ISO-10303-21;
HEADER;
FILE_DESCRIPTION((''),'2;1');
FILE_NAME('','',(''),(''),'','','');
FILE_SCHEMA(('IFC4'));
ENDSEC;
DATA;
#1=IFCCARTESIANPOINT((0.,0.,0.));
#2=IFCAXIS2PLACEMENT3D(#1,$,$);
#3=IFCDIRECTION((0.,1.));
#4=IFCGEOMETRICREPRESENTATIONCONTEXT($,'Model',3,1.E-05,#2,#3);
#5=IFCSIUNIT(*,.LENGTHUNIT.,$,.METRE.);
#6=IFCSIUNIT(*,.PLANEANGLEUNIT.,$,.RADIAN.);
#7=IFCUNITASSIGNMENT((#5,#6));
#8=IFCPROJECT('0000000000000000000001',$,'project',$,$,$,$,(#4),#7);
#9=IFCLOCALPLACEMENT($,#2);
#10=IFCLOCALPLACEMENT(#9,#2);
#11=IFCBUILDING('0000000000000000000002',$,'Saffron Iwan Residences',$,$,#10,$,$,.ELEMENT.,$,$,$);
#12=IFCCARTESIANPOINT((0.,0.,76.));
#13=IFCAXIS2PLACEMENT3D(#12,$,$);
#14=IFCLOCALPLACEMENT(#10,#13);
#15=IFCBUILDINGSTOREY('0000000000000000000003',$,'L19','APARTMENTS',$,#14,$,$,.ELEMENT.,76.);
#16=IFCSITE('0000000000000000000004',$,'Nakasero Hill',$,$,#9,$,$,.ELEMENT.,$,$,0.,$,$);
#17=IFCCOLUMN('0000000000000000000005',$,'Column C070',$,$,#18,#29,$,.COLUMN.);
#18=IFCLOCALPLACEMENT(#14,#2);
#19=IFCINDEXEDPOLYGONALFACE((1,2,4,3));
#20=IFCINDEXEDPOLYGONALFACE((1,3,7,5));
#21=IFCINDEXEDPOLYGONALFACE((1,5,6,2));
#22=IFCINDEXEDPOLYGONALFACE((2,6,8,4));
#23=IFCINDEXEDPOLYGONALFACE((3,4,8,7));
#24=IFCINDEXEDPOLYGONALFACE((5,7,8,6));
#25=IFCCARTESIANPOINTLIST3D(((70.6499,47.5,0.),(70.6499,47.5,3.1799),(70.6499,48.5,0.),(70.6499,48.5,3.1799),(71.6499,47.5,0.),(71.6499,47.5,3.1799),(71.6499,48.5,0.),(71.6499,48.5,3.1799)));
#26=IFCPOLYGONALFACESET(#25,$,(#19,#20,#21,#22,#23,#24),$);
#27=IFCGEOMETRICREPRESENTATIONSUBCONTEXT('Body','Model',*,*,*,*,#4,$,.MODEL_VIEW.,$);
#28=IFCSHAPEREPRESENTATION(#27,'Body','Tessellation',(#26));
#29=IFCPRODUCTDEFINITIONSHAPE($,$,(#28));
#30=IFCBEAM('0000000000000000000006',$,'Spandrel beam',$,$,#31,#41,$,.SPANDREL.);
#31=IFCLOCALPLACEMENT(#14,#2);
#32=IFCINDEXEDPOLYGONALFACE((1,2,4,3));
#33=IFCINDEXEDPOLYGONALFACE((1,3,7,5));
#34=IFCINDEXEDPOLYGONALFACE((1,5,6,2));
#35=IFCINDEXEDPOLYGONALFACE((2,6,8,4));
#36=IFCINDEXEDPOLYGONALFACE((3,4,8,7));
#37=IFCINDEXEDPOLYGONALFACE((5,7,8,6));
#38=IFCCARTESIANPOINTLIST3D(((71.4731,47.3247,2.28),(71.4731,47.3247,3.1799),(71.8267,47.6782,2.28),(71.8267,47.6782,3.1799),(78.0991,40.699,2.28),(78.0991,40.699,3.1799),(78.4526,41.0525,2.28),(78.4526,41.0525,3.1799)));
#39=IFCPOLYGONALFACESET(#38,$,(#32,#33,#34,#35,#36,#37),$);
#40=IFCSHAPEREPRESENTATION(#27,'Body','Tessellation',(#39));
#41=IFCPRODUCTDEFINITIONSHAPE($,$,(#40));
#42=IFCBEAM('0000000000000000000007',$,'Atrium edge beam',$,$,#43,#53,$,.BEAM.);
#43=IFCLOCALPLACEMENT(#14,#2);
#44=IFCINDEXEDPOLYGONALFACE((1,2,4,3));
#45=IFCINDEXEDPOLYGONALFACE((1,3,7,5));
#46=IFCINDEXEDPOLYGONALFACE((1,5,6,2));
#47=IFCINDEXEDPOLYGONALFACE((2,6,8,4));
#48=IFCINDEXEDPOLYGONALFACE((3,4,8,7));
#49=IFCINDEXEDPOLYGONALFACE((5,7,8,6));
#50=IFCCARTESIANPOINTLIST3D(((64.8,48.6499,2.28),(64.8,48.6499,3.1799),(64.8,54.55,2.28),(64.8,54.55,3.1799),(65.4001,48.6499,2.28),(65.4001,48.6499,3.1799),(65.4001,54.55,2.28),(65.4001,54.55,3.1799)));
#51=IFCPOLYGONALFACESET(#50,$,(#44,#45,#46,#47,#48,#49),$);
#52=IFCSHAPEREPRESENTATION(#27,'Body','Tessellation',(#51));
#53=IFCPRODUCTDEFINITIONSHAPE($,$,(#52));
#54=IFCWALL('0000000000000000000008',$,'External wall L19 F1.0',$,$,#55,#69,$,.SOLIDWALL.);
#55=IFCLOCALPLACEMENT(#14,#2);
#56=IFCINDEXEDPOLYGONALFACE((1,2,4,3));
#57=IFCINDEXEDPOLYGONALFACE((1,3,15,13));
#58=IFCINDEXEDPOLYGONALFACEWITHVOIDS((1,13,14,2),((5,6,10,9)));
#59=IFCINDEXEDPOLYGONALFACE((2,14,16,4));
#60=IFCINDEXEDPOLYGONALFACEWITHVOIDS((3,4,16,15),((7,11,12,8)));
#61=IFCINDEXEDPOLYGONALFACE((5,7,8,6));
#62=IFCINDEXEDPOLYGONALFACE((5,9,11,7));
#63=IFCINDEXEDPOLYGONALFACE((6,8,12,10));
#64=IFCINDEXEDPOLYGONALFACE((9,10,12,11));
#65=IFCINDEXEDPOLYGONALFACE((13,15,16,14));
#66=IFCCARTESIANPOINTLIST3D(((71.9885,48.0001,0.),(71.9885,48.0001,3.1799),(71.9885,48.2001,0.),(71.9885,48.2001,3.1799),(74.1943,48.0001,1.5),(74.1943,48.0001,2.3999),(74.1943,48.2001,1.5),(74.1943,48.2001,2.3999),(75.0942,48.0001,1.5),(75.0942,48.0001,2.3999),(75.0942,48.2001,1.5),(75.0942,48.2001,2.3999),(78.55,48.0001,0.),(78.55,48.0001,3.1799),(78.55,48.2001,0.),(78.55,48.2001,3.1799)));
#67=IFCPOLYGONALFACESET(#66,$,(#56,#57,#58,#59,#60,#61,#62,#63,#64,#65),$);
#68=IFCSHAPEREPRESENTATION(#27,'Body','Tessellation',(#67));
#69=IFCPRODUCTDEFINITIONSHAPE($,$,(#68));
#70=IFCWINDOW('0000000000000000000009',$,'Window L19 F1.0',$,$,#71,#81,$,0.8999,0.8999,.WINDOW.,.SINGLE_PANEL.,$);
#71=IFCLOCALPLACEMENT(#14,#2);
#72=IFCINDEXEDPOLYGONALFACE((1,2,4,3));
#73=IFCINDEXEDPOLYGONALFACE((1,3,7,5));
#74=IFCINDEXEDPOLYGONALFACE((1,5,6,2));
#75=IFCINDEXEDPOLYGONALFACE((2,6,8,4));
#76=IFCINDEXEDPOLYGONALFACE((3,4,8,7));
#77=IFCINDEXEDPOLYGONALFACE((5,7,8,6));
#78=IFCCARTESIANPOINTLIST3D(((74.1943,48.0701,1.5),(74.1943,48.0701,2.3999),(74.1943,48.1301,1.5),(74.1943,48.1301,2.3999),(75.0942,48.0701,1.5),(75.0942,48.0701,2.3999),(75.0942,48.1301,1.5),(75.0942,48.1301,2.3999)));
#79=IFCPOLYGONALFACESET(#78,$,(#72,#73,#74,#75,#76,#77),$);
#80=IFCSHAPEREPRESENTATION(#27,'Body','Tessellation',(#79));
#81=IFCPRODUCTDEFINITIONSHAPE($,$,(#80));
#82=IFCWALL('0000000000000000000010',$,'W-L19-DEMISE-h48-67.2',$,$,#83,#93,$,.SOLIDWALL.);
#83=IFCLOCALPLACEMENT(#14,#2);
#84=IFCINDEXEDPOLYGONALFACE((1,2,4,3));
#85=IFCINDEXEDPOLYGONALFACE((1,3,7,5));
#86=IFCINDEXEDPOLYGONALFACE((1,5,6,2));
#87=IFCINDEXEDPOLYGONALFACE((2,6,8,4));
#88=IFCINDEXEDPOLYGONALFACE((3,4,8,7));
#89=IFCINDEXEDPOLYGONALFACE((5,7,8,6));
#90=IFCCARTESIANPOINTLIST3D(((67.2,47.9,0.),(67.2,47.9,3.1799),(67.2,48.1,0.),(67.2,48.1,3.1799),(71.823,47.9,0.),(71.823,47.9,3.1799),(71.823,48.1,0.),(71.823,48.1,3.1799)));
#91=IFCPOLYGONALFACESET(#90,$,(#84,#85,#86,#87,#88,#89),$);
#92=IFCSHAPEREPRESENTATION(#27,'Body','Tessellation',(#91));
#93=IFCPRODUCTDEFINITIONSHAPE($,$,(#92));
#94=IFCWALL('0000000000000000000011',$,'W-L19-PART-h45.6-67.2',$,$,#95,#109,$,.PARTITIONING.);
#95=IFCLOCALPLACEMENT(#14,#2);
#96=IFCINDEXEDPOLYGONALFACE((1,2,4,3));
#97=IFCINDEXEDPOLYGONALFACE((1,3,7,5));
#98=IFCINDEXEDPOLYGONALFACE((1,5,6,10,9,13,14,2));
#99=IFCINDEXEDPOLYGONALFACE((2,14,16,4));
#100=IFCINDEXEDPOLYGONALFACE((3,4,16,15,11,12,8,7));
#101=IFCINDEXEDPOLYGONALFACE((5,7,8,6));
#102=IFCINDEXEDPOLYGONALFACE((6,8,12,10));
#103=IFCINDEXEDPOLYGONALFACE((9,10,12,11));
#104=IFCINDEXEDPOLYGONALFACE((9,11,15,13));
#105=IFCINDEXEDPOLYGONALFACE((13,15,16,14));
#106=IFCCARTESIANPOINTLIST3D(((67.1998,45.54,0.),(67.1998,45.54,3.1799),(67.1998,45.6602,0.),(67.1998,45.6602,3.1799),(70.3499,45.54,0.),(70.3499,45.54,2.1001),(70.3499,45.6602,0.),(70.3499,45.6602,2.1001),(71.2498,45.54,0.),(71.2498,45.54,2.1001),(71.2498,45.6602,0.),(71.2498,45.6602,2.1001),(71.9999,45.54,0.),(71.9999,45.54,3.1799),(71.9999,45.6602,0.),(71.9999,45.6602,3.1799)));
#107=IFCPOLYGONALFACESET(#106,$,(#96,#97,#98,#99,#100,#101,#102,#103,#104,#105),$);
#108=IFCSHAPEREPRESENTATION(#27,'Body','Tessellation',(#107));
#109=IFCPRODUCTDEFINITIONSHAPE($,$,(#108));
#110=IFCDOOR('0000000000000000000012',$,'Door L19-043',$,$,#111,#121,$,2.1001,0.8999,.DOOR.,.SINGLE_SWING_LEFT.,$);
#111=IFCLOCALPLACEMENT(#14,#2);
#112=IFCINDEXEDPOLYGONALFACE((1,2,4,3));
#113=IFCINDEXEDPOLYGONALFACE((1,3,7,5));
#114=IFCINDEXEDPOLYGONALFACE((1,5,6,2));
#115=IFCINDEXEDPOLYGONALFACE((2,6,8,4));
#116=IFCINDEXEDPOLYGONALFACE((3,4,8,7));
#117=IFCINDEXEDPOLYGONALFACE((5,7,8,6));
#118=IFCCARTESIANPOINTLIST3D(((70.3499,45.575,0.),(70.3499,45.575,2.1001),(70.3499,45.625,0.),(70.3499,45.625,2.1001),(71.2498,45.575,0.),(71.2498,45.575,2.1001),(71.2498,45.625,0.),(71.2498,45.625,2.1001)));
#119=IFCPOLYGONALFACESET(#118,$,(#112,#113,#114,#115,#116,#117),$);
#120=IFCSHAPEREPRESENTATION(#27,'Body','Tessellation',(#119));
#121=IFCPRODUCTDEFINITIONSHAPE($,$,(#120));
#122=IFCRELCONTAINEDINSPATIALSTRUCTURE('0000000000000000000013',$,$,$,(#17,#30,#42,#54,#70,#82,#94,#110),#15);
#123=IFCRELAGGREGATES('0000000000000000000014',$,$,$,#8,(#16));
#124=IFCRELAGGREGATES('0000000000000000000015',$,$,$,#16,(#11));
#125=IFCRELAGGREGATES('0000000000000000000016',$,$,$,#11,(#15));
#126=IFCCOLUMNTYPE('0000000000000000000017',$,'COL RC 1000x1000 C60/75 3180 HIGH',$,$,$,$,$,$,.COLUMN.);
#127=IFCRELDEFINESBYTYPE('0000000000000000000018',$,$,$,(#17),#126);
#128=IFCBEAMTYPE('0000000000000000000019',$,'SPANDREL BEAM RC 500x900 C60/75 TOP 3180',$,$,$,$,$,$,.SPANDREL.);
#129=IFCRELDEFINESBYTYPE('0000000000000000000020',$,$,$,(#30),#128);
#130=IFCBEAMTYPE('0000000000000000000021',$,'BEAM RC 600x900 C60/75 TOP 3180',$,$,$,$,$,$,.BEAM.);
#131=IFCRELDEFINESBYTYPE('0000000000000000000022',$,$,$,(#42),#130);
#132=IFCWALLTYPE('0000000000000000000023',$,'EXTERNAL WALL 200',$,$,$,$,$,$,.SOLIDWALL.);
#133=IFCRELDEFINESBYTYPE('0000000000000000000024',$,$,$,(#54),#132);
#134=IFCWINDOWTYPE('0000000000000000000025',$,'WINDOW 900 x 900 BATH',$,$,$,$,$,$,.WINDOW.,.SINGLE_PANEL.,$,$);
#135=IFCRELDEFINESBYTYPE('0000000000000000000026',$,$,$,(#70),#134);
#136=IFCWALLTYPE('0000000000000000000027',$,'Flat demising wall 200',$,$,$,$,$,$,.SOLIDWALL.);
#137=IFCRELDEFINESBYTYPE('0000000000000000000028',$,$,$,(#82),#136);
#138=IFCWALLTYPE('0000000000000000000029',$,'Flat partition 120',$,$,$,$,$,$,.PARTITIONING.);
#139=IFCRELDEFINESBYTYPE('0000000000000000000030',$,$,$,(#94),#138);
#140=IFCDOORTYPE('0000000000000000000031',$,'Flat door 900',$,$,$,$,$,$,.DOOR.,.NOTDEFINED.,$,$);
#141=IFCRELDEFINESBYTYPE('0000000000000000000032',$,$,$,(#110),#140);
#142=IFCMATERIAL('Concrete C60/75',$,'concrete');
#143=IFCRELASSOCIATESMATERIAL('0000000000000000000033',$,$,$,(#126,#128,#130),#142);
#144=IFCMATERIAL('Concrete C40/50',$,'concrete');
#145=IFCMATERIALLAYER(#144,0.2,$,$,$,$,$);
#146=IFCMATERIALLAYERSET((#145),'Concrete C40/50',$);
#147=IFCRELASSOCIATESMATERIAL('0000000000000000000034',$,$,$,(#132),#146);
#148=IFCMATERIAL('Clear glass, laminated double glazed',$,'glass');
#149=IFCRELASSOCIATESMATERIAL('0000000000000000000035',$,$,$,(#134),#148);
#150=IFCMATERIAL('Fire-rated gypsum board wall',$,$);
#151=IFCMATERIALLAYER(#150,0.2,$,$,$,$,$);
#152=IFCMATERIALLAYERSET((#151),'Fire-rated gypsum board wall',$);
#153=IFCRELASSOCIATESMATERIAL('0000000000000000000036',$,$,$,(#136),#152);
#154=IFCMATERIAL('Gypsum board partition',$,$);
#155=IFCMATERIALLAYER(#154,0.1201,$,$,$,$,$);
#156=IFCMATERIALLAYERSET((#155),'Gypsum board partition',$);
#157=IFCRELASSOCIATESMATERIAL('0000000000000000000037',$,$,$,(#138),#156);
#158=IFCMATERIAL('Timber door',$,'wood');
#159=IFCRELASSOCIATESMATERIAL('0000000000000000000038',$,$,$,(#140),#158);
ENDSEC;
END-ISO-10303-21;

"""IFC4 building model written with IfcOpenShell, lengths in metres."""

from ifc_helpers import new_model, si_unit, direction, frame, frame_2d, origin, origin_2d, place, context, subcontext, project, spatial, rectangle, extrude, source, transform, mapped, material, layer, layer_set, material_profile, profile_set, type_object, element, fill, save


model = new_model("IFC4")

# Units and contexts
model_context = context("Model", 3, precision=1e-05, world=origin(), true_north=direction((0.0, 1.0)))
body_context = subcontext(model_context, "Body", "Model", "MODEL_VIEW")
ifc_project = project(units=[si_unit("LENGTHUNIT", "METRE"), si_unit("PLANEANGLEUNIT", "RADIAN")], contexts=[model_context])

# Site, building, storey
site_placement = place(None, origin())
site = spatial("IfcSite", under=ifc_project, at=site_placement, Name="Nakasero Hill", CompositionType="ELEMENT", RefElevation=0.0)
building_placement = place(site_placement, origin())
building = spatial("IfcBuilding", under=site, at=building_placement, Name="Saffron Iwan Residences", CompositionType="ELEMENT")
storey_placement = place(building_placement, frame((0.0, 0.0, 76.0)))
storey = spatial("IfcBuildingStorey", under=building, at=storey_placement, Name="L19", Description="APARTMENTS", CompositionType="ELEMENT", Elevation=76.0)

# Column
ifc_material_1 = material(Name="Concrete C60/75", Category="concrete")
ifc_material_profile_1 = material_profile(ifc_material_1, rectangle(XDim=1.0, YDim=1.0, at=origin_2d()), Name="RC 1000x1000")
ifc_profile_set_1 = profile_set([ifc_material_profile_1], Name="Concrete C60/75")
column_type = type_object("IfcColumnType", Name="COL RC 1000x1000 C60/75 3180 HIGH", PredefinedType="COLUMN", material=ifc_profile_set_1)
shared_shape_1 = source(origin(), body_context, "Body", "SweptSolid", [
    extrude(rectangle(XDim=1.0, YDim=1.0, at=origin_2d()), origin(), (0.0, 0.0, 1.0), 3.1799),
])
column_placement = place(storey_placement, frame((71.1499, 48.0, 0.0), z_axis=(0.0, 0.0, 1.0), x_axis=(1.0, 0.0, 0.0)))
element("IfcColumn", 1, at=column_placement, inside=storey, type_object=column_type, Name="Column C070", PredefinedType="COLUMN", context=body_context, shape_type="MappedRepresentation", body=[
    mapped(shared_shape_1, transform((0.0, 0.0, 0.0))),
])

# Beams
ifc_material_profile_2 = material_profile(ifc_material_1, rectangle(XDim=0.5, YDim=0.8999, at=origin_2d()), Name="RC 500x900")
ifc_profile_set_2 = profile_set([ifc_material_profile_2], Name="Concrete C60/75")
beam_type_1 = type_object("IfcBeamType", Name="SPANDREL BEAM RC 500x900 C60/75 TOP 3180", PredefinedType="SPANDREL", material=ifc_profile_set_2)
shared_shape_2 = source(origin(), body_context, "Body", "SweptSolid", [
    extrude(rectangle(XDim=0.5, YDim=0.8999, at=origin_2d()), origin(), (0.0, 0.0, 1.0), 9.3704),
])
beam_1_placement = place(storey_placement, frame((71.6499, 47.5015, 2.73), z_axis=(0.70712, -0.707094, 0.0), x_axis=(0.707094, 0.70712, 0.0)))
element("IfcBeam", 2, at=beam_1_placement, inside=storey, type_object=beam_type_1, Name="Spandrel beam", PredefinedType="SPANDREL", context=body_context, shape_type="MappedRepresentation", body=[
    mapped(shared_shape_2, transform((0.0, 0.0, 0.0))),
])
ifc_material_profile_3 = material_profile(ifc_material_1, rectangle(XDim=0.6001, YDim=0.8999, at=origin_2d()), Name="RC 600x900")
ifc_profile_set_3 = profile_set([ifc_material_profile_3], Name="Concrete C60/75")
beam_type_2 = type_object("IfcBeamType", Name="BEAM RC 600x900 C60/75 TOP 3180", PredefinedType="BEAM", material=ifc_profile_set_3)
shared_shape_3 = source(origin(), body_context, "Body", "SweptSolid", [
    extrude(rectangle(XDim=0.6001, YDim=0.8999, at=origin_2d()), origin(), (0.0, 0.0, 1.0), 5.9001),
])
beam_2_placement = place(storey_placement, frame((65.1001, 54.55, 2.73), z_axis=(0.0, -1.0, 0.0), x_axis=(1.0, 0.0, 0.0)))
element("IfcBeam", 3, at=beam_2_placement, inside=storey, type_object=beam_type_2, Name="Atrium edge beam", PredefinedType="BEAM", context=body_context, shape_type="MappedRepresentation", body=[
    mapped(shared_shape_3, transform((0.0, 0.0, 0.0))),
])

# Wall, opening, window
ifc_material_2 = material(Name="Concrete C40/50", Category="concrete")
ifc_layer_1 = layer(ifc_material_2, 0.2)
ifc_layer_set_1 = layer_set([ifc_layer_1], Name="Concrete C40/50")
wall_type_1 = type_object("IfcWallType", Name="EXTERNAL WALL 200", PredefinedType="SOLIDWALL", material=ifc_layer_set_1)
wall_1_placement = place(storey_placement, frame((71.9885, 48.1001, 0.0), z_axis=(0.0, 0.0, 1.0), x_axis=(1.0, 0.0, 0.0)))
wall_1 = element("IfcWall", 4, at=wall_1_placement, inside=storey, type_object=wall_type_1, Name="External wall L19 F1.0", PredefinedType="SOLIDWALL", context=body_context, shape_type="SweptSolid", body=[
    extrude(rectangle(XDim=6.5615, YDim=0.2, at=frame_2d((3.2808, 0.0))), origin(), (0.0, 0.0, 1.0), 3.1799),
])
opening_1_placement = place(wall_1_placement, frame((2.2058, 0.0, 1.5)))
opening_1 = element("IfcOpeningElement", 5, at=opening_1_placement, cuts=wall_1, PredefinedType="OPENING", context=body_context, shape_type="SweptSolid", body=[
    extrude(rectangle(XDim=0.8999, YDim=0.8999, at=frame_2d((0.45, 0.45))), frame((0.0, 0.1099, 0.0), z_axis=(0.0, -1.0, 0.0), x_axis=(1.0, 0.0, 0.0)), (0.0, 0.0, 1.0), 0.22),
])
ifc_material_3 = material(Name="Clear glass, laminated double glazed", Category="glass")
window_type = type_object("IfcWindowType", Name="WINDOW 900 x 900 BATH", PartitioningType="SINGLE_PANEL", PredefinedType="WINDOW", material=ifc_material_3)
window_placement = place(opening_1_placement, origin())
window = element("IfcWindow", 6, at=window_placement, inside=storey, type_object=window_type, Name="Window L19 F1.0", OverallHeight=0.8999, OverallWidth=0.8999, PartitioningType="SINGLE_PANEL", PredefinedType="WINDOW", context=body_context, shape_type="SweptSolid", body=[
    extrude(rectangle(XDim=0.8999, YDim=0.8999, at=frame_2d((0.45, 0.45))), frame((0.0, 0.03, 0.0), z_axis=(0.0, -1.0, 0.0), x_axis=(1.0, 0.0, 0.0)), (0.0, 0.0, 1.0), 0.0601),
])
fill(opening_1, window)

# Wall
ifc_material_4 = material(Name="Fire-rated gypsum board wall")
ifc_layer_2 = layer(ifc_material_4, 0.2)
ifc_layer_set_2 = layer_set([ifc_layer_2], Name="Fire-rated gypsum board wall")
wall_type_2 = type_object("IfcWallType", Name="Flat demising wall 200", PredefinedType="SOLIDWALL", material=ifc_layer_set_2)
wall_2_placement = place(storey_placement, frame((67.2, 48.0, 0.0), z_axis=(0.0, 0.0, 1.0), x_axis=(1.0, 0.0, 0.0)))
element("IfcWall", 7, at=wall_2_placement, inside=storey, type_object=wall_type_2, Name="W-L19-DEMISE-h48-67.2", PredefinedType="SOLIDWALL", context=body_context, shape_type="SweptSolid", body=[
    extrude(rectangle(XDim=4.623, YDim=0.2, at=frame_2d((2.3115, 0.0))), origin(), (0.0, 0.0, 1.0), 3.1799),
])

# Wall, opening, door
ifc_material_5 = material(Name="Gypsum board partition")
ifc_layer_3 = layer(ifc_material_5, 0.1201)
ifc_layer_set_3 = layer_set([ifc_layer_3], Name="Gypsum board partition")
wall_type_3 = type_object("IfcWallType", Name="Flat partition 120", PredefinedType="PARTITIONING", material=ifc_layer_set_3)
wall_3_placement = place(storey_placement, frame((67.2, 45.6001, 0.0), z_axis=(0.0, 0.0, 1.0), x_axis=(1.0, 0.0, 0.0)))
wall_3 = element("IfcWall", 8, at=wall_3_placement, inside=storey, type_object=wall_type_3, Name="W-L19-PART-h45.6-67.2", PredefinedType="PARTITIONING", context=body_context, shape_type="SweptSolid", body=[
    extrude(rectangle(XDim=4.8, YDim=0.1201, at=frame_2d((2.3999, 0.0))), origin(), (0.0, 0.0, 1.0), 3.1799),
])
opening_2_placement = place(wall_3_placement, frame((3.1499, 0.0, 0.0)))
opening_2 = element("IfcOpeningElement", 9, at=opening_2_placement, cuts=wall_3, PredefinedType="OPENING", context=body_context, shape_type="SweptSolid", body=[
    extrude(rectangle(XDim=0.8999, YDim=2.1001, at=frame_2d((0.45, 1.05))), frame((0.0, 0.0701, 0.0), z_axis=(0.0, -1.0, 0.0), x_axis=(1.0, 0.0, 0.0)), (0.0, 0.0, 1.0), 0.1401),
])
ifc_material_6 = material(Name="Timber door", Category="wood")
door_type_1 = type_object("IfcDoorType", Name="Flat door 900", OperationType="NOTDEFINED", PredefinedType="DOOR", material=ifc_material_6)
door_1_placement = place(opening_2_placement, origin())
door_1 = element("IfcDoor", 10, at=door_1_placement, inside=storey, type_object=door_type_1, Name="Door L19-043", OperationType="SINGLE_SWING_LEFT", OverallHeight=2.1001, OverallWidth=0.8999, PredefinedType="DOOR", context=body_context, shape_type="SweptSolid", body=[
    extrude(rectangle(XDim=0.8999, YDim=2.1001, at=frame_2d((0.45, 1.05))), frame((0.0, 0.0249, 0.0), z_axis=(0.0, -1.0, 0.0), x_axis=(1.0, 0.0, 0.0)), (0.0, 0.0, 1.0), 0.05),
])
fill(opening_2, door_1)

save(model, "model.ifc")
